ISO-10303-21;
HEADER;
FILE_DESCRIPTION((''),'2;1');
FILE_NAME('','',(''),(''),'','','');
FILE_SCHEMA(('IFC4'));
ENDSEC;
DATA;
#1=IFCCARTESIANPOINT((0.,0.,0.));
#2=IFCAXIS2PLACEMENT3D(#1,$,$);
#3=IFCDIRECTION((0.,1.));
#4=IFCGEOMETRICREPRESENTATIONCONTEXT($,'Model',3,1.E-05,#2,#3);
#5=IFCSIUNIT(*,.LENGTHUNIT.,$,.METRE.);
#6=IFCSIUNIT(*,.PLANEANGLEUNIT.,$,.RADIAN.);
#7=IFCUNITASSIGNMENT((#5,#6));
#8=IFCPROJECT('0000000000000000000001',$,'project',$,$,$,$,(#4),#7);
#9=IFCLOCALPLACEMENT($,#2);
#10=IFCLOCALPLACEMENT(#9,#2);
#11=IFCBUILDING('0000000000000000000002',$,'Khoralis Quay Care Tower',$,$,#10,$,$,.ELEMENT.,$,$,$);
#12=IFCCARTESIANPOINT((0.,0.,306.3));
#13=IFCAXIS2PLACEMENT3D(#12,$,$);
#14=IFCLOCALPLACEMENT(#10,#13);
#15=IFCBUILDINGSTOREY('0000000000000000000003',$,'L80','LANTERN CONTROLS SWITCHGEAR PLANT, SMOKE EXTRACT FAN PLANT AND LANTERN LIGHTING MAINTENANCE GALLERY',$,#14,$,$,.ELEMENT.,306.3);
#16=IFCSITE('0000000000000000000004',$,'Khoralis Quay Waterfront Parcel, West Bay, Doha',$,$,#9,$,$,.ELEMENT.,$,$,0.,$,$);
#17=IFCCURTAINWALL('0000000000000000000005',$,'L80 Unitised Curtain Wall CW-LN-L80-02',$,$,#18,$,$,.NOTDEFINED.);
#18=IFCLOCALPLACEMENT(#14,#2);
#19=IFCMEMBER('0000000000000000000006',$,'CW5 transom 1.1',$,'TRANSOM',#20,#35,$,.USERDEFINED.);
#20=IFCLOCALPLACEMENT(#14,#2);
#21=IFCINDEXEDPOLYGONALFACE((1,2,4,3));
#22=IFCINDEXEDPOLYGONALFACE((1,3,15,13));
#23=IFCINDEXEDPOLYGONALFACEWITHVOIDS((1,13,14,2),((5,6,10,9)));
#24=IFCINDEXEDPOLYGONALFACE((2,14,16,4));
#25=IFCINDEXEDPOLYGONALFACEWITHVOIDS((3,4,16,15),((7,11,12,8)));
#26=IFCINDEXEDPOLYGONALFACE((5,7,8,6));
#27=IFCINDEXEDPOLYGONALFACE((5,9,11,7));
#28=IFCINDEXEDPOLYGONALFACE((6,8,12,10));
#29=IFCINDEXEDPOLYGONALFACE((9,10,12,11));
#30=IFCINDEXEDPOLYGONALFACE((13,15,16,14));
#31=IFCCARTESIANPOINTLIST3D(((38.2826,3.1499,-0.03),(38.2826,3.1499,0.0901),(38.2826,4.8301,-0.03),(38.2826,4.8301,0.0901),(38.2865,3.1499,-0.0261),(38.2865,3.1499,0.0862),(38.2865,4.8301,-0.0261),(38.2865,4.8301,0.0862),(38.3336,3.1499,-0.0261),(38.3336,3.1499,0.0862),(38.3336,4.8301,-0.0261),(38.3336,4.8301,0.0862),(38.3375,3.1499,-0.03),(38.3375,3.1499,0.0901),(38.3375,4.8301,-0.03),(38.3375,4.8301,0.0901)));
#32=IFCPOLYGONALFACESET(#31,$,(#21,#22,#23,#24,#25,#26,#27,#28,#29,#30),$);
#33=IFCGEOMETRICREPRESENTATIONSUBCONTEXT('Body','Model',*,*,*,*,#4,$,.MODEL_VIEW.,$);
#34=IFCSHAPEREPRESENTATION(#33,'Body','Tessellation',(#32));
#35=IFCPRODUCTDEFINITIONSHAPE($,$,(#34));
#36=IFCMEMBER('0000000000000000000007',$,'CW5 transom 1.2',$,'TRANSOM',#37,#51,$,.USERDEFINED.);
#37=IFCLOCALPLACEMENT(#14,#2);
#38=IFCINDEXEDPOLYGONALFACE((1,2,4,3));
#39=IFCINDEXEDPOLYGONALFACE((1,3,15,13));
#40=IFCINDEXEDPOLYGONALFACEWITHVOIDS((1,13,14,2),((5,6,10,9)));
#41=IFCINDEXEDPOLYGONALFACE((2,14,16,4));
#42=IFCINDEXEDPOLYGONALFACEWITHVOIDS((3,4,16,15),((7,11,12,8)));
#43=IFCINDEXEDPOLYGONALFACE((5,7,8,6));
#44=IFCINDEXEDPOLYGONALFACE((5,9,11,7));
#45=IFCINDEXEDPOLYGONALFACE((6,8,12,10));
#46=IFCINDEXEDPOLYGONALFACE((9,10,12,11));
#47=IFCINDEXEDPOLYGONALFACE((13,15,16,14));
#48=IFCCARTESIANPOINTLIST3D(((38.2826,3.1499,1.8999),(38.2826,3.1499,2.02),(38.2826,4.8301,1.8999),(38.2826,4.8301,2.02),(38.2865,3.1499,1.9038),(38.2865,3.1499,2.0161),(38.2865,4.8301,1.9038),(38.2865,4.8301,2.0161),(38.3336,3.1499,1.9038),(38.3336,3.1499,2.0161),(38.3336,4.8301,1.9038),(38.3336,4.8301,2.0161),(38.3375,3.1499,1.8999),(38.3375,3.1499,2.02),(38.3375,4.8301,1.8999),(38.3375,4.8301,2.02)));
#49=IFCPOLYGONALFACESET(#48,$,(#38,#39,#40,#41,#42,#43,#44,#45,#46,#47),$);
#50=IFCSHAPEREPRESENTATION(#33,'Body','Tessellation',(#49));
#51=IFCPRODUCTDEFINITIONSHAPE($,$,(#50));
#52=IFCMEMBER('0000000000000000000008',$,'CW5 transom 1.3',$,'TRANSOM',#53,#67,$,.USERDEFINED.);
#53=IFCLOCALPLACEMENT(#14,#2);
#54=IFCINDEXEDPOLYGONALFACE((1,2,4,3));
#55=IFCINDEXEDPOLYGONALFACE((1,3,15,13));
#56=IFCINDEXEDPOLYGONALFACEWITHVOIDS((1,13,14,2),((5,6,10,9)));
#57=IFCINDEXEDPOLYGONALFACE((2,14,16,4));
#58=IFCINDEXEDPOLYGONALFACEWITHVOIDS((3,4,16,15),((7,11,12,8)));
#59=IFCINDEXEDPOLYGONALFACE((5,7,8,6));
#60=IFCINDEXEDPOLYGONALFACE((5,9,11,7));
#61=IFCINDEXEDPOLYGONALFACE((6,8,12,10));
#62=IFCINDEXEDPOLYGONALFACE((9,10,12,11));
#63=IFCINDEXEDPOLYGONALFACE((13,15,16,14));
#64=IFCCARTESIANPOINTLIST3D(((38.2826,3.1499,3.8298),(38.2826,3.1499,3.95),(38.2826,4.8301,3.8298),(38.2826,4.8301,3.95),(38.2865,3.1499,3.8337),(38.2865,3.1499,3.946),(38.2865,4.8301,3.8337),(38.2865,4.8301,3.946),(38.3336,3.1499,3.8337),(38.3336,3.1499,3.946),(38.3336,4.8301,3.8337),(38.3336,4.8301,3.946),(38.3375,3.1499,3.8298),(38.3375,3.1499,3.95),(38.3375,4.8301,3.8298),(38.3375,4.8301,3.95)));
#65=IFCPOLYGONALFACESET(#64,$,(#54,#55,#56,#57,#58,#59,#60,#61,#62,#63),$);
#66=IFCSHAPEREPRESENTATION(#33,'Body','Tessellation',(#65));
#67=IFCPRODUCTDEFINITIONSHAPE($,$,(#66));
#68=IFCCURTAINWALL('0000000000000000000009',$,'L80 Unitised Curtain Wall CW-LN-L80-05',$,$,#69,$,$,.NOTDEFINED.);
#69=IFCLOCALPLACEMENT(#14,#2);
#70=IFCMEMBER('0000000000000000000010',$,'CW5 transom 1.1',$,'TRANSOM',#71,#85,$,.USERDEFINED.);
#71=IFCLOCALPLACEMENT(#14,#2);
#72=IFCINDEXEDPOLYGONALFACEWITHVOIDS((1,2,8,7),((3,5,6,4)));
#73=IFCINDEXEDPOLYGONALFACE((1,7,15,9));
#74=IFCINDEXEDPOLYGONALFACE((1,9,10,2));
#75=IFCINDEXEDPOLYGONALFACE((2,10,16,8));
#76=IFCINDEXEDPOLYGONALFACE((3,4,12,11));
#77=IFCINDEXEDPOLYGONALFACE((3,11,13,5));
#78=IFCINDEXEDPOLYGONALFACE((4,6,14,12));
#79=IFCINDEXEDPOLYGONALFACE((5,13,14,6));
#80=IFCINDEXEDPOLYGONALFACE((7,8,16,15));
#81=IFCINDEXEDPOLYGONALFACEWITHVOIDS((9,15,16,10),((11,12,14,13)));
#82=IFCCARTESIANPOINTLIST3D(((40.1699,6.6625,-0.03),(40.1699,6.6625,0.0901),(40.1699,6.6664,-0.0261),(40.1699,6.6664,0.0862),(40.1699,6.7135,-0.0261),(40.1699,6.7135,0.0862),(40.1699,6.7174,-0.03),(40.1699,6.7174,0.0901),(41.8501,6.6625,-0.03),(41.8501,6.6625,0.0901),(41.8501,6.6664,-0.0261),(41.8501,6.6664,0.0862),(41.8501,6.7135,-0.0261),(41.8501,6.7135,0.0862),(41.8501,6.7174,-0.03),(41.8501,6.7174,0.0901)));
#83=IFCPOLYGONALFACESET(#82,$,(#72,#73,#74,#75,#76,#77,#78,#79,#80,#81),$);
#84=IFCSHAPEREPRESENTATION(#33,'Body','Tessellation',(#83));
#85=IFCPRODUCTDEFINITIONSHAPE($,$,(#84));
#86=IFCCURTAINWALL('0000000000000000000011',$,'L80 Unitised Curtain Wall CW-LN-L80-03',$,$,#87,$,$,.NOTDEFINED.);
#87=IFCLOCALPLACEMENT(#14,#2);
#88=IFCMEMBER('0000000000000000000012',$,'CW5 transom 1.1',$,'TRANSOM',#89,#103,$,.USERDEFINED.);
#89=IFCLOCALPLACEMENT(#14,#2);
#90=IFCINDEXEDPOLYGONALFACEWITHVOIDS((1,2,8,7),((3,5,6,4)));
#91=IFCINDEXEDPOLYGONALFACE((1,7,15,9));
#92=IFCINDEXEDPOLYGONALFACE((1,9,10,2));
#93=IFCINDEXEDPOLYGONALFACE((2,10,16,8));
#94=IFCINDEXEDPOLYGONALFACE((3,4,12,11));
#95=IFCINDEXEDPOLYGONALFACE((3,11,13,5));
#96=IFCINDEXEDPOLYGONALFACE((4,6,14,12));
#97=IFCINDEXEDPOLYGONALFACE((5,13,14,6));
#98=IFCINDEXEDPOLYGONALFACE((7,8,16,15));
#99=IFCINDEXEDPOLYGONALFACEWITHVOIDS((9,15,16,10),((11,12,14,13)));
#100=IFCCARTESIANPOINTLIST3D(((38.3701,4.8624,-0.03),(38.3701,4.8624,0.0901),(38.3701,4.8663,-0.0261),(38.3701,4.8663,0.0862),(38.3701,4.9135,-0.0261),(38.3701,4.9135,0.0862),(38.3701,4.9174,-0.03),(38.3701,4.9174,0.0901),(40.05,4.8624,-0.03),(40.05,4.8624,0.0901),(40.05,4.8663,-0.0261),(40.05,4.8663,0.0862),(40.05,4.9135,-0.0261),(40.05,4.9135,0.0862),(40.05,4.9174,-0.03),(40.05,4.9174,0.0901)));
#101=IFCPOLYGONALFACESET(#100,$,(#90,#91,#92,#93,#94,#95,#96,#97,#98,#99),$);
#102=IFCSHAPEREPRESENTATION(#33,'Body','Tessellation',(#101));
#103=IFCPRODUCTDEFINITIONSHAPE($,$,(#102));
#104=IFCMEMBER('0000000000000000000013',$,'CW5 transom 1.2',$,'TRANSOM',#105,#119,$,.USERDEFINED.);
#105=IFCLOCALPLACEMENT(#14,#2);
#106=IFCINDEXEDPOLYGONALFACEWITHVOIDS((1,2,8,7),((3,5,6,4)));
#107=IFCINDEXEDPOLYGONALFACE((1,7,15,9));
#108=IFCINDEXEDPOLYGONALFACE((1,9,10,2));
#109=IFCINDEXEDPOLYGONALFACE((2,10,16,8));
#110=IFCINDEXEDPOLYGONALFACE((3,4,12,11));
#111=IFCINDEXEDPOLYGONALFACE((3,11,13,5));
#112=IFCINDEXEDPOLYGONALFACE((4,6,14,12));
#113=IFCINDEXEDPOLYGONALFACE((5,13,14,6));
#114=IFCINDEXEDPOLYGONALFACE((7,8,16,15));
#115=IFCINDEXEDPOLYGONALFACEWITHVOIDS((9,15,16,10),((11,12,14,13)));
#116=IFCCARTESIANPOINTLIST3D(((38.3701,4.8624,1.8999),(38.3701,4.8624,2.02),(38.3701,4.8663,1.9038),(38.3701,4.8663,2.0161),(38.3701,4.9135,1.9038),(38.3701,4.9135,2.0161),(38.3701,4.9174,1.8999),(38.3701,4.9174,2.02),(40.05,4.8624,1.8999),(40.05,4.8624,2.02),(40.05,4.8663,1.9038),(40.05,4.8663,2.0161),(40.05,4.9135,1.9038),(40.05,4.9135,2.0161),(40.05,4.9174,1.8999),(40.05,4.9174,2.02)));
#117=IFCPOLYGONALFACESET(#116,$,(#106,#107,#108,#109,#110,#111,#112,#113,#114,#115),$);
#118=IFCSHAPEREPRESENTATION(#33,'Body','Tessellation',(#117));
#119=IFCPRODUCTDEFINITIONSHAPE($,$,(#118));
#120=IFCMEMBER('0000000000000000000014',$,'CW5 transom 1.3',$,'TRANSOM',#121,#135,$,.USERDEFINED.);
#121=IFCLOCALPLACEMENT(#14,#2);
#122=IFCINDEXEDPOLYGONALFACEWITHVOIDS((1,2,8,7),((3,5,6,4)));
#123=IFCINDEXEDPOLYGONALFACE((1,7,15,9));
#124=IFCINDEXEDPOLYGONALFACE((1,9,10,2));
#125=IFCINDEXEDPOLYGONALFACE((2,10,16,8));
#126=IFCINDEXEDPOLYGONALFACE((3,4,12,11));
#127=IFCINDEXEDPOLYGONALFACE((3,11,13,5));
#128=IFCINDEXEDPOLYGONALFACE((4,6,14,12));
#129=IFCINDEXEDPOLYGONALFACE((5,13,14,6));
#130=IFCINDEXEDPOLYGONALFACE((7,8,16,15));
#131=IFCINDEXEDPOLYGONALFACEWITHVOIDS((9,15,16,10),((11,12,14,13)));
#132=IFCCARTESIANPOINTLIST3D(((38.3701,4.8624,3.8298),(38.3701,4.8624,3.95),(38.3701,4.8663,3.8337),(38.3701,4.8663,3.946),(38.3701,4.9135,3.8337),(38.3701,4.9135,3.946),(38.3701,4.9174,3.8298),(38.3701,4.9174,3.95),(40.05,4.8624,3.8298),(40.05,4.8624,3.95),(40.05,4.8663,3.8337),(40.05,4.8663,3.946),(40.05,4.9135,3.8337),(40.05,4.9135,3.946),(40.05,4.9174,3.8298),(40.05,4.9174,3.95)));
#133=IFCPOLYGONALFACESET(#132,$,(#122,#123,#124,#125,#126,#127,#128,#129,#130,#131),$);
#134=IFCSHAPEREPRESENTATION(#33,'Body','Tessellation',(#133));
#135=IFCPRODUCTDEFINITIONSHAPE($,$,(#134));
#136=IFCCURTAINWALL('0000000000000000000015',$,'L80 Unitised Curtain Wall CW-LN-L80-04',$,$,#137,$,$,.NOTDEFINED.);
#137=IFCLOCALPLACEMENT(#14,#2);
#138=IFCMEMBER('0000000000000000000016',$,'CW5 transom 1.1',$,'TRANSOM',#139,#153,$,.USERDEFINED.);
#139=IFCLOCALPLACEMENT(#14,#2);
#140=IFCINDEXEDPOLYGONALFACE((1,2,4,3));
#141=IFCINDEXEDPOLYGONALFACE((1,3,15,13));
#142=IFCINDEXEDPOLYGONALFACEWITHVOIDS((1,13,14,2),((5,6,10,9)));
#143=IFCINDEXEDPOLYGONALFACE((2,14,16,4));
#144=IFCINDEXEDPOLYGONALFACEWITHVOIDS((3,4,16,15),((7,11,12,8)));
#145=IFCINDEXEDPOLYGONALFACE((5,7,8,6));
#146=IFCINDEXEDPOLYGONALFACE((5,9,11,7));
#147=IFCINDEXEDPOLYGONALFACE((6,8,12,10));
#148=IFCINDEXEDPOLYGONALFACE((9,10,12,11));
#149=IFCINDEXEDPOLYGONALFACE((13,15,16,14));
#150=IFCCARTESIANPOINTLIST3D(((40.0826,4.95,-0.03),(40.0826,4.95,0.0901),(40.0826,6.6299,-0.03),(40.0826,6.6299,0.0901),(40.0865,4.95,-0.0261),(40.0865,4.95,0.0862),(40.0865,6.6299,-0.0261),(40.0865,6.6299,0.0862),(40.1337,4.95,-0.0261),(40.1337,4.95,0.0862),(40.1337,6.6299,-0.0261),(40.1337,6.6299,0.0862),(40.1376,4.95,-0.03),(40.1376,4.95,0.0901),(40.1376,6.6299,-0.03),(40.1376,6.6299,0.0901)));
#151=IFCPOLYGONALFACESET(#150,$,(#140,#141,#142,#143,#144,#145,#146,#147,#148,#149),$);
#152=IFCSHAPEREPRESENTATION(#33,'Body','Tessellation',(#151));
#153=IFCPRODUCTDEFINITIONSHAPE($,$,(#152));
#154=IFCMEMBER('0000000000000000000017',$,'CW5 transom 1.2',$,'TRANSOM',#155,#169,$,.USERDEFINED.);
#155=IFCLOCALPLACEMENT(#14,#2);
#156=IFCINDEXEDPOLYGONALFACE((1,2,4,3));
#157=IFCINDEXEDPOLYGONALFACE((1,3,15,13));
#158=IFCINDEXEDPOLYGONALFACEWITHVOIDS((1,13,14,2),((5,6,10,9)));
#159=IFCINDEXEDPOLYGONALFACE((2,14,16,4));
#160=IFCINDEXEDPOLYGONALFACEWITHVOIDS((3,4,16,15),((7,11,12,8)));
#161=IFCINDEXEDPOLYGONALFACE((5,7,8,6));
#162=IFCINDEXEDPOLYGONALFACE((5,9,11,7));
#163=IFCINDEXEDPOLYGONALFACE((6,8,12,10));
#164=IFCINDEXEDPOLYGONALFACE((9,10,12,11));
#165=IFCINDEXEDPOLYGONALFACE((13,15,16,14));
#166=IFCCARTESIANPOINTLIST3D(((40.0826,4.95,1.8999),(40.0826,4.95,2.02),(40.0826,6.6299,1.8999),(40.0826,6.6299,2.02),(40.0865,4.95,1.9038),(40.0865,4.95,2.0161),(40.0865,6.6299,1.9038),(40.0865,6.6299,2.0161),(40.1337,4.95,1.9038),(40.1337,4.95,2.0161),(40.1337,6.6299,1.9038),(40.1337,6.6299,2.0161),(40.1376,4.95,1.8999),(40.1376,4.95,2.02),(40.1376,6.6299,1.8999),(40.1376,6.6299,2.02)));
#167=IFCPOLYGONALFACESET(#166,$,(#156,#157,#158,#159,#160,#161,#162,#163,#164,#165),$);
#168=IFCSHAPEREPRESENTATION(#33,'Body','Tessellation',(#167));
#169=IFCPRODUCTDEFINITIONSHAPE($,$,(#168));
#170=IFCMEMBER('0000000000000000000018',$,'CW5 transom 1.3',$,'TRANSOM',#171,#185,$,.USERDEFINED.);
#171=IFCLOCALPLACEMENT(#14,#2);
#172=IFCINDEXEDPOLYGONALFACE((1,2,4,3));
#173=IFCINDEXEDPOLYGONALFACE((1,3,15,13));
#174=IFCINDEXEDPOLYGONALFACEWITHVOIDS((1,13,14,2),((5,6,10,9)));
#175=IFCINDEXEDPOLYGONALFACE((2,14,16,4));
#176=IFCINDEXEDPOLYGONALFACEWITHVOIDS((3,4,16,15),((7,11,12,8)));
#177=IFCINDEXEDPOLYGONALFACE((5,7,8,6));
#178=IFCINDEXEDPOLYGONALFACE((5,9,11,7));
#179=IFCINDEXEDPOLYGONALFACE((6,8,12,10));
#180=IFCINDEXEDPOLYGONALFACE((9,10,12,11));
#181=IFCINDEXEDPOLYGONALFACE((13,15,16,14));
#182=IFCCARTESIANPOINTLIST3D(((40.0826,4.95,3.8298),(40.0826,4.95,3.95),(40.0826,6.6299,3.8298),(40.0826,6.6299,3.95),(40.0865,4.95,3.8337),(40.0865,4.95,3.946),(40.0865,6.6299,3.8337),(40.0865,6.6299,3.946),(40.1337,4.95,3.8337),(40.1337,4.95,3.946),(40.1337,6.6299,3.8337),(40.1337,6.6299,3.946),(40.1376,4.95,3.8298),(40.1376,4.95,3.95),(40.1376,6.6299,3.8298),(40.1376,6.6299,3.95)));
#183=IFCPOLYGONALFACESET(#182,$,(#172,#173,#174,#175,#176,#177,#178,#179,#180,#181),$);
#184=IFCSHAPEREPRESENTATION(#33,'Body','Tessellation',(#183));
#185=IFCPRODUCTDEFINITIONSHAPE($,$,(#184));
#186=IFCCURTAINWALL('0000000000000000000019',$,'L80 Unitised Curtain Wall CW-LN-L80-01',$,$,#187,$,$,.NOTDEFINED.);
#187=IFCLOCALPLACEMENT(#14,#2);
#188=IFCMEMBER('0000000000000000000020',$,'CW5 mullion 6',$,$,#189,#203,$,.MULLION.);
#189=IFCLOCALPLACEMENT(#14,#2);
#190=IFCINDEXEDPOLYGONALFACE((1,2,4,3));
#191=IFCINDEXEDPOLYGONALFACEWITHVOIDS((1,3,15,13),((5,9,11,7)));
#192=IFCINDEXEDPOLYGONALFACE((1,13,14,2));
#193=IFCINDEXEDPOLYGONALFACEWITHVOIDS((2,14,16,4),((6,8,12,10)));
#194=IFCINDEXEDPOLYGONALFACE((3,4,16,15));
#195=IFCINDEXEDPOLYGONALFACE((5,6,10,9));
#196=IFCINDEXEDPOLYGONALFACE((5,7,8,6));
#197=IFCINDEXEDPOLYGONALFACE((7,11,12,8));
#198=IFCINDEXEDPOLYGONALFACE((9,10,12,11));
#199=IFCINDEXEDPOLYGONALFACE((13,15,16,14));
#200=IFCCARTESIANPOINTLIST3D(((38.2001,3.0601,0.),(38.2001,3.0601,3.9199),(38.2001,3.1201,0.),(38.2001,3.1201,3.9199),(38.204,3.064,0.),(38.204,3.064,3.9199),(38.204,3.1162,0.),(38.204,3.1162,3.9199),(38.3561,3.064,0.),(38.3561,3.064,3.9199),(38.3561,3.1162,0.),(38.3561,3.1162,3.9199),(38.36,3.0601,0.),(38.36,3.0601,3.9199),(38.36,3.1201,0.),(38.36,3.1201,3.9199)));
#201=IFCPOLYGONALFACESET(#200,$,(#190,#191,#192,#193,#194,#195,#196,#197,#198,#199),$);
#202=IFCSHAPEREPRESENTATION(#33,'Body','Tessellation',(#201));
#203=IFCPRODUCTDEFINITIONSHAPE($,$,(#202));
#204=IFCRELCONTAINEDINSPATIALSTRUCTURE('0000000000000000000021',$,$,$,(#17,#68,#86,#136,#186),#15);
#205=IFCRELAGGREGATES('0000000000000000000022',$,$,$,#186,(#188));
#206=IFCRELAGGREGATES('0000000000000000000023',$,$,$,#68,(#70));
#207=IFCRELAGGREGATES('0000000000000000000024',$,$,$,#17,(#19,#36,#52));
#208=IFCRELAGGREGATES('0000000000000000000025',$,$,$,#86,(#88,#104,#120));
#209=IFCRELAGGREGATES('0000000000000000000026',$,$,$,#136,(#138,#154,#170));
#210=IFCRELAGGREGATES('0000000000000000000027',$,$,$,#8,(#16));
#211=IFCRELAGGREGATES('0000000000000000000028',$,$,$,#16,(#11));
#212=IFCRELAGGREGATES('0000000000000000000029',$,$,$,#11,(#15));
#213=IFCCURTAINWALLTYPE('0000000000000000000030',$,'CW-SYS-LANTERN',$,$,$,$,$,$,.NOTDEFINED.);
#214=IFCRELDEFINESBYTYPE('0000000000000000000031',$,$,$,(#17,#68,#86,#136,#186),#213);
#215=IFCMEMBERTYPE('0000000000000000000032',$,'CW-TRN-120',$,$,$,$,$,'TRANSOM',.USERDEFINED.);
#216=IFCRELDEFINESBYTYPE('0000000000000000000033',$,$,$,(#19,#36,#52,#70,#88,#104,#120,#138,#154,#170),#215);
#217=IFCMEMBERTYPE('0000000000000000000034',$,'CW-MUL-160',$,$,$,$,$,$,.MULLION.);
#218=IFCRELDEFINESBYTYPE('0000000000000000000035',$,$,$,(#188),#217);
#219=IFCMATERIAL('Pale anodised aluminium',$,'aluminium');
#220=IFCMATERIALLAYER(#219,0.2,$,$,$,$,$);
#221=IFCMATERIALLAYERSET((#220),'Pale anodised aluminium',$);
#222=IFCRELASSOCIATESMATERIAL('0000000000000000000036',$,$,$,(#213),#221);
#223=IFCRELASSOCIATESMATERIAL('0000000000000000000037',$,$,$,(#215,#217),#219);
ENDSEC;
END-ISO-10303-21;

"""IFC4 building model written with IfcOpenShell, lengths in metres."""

from ifc_helpers import new_model, si_unit, direction, frame, origin, origin_2d, place, context, subcontext, project, spatial, hollow_rectangle, extrude, source, transform, mapped, material, layer, layer_set, material_profile, profile_set, type_object, element, aggregate, save


model = new_model("IFC4")

# Units and contexts
model_context = context("Model", 3, precision=1e-05, world=origin(), true_north=direction((0.0, 1.0)))
body_context = subcontext(model_context, "Body", "Model", "MODEL_VIEW")
ifc_project = project(units=[si_unit("LENGTHUNIT", "METRE"), si_unit("PLANEANGLEUNIT", "RADIAN")], contexts=[model_context])

# Site, building, storey
site_placement = place(None, origin())
site = spatial("IfcSite", under=ifc_project, at=site_placement, Name="Khoralis Quay Waterfront Parcel, West Bay, Doha", CompositionType="ELEMENT", RefElevation=0.0)
building_placement = place(site_placement, origin())
building = spatial("IfcBuilding", under=site, at=building_placement, Name="Khoralis Quay Care Tower", CompositionType="ELEMENT")
storey_placement = place(building_placement, frame((0.0, 0.0, 306.3)))
storey = spatial("IfcBuildingStorey", under=building, at=storey_placement, Name="L80", Description="LANTERN CONTROLS SWITCHGEAR PLANT, SMOKE EXTRACT FAN PLANT AND LANTERN LIGHTING MAINTENANCE GALLERY", CompositionType="ELEMENT", Elevation=306.3)

# Curtain wall, members
ifc_material_1 = material(Name="Pale anodised aluminium", Category="aluminium")
ifc_layer_1 = layer(ifc_material_1, 0.2)
ifc_layer_set_1 = layer_set([ifc_layer_1], Name="Pale anodised aluminium")
curtain_wall_type = type_object("IfcCurtainWallType", Name="CW-SYS-LANTERN", PredefinedType="NOTDEFINED", material=ifc_layer_set_1)
curtain_wall_1_placement = place(storey_placement, origin())
curtain_wall_1 = element("IfcCurtainWall", 1, at=curtain_wall_1_placement, inside=storey, type_object=curtain_wall_type, Name="L80 Unitised Curtain Wall CW-LN-L80-02", PredefinedType="NOTDEFINED")
ifc_material_profile_1 = material_profile(ifc_material_1, hollow_rectangle(XDim=0.0549, YDim=0.1201, WallThickness=0.0039, at=origin_2d()), Name="Pale anodised aluminium")
ifc_profile_set_1 = profile_set([ifc_material_profile_1], Name="Pale anodised aluminium")
member_type_1 = type_object("IfcMemberType", Name="CW-TRN-120", ElementType="TRANSOM", PredefinedType="USERDEFINED", material=ifc_profile_set_1)
shared_shape_1 = source(origin(), body_context, "Body", "SweptSolid", [
    extrude(hollow_rectangle(XDim=0.0549, YDim=0.1201, WallThickness=0.0039, at=origin_2d()), origin(), (0.0, 0.0, 1.0), 1.6802),
])
member_1_placement = place(storey_placement, frame((38.3101, 3.1499, 0.03), z_axis=(0.0, 1.0, 0.0), x_axis=(-1.0, 0.0, 0.0)))
member_1 = element("IfcMember", 2, at=member_1_placement, type_object=member_type_1, Name="CW5 transom 1.1", ObjectType="TRANSOM", PredefinedType="USERDEFINED", context=body_context, shape_type="MappedRepresentation", body=[
    mapped(shared_shape_1, transform((0.0, 0.0, 0.0), scale=1.0)),
])
member_2_placement = place(storey_placement, frame((38.3101, 3.1499, 1.96), z_axis=(0.0, 1.0, 0.0), x_axis=(-1.0, 0.0, 0.0)))
member_2 = element("IfcMember", 3, at=member_2_placement, type_object=member_type_1, Name="CW5 transom 1.2", ObjectType="TRANSOM", PredefinedType="USERDEFINED", context=body_context, shape_type="MappedRepresentation", body=[
    mapped(shared_shape_1, transform((0.0, 0.0, 0.0), scale=1.0)),
])
member_3_placement = place(storey_placement, frame((38.3101, 3.1499, 3.8899), z_axis=(0.0, 1.0, 0.0), x_axis=(-1.0, 0.0, 0.0)))
member_3 = element("IfcMember", 4, at=member_3_placement, type_object=member_type_1, Name="CW5 transom 1.3", ObjectType="TRANSOM", PredefinedType="USERDEFINED", context=body_context, shape_type="MappedRepresentation", body=[
    mapped(shared_shape_1, transform((0.0, 0.0, 0.0), scale=1.0)),
])

# Curtain wall, member
curtain_wall_2_placement = place(storey_placement, origin())
curtain_wall_2 = element("IfcCurtainWall", 5, at=curtain_wall_2_placement, inside=storey, type_object=curtain_wall_type, Name="L80 Unitised Curtain Wall CW-LN-L80-05", PredefinedType="NOTDEFINED")
member_4_placement = place(storey_placement, frame((40.1699, 6.6899, 0.03), z_axis=(1.0, 0.0, 0.0), x_axis=(0.0, 1.0, 0.0)))
member_4 = element("IfcMember", 6, at=member_4_placement, type_object=member_type_1, Name="CW5 transom 1.1", ObjectType="TRANSOM", PredefinedType="USERDEFINED", context=body_context, shape_type="MappedRepresentation", body=[
    mapped(shared_shape_1, transform((0.0, 0.0, 0.0), scale=1.0)),
])

# Curtain walls, members
curtain_wall_3_placement = place(storey_placement, origin())
curtain_wall_3 = element("IfcCurtainWall", 7, at=curtain_wall_3_placement, inside=storey, type_object=curtain_wall_type, Name="L80 Unitised Curtain Wall CW-LN-L80-03", PredefinedType="NOTDEFINED")
shared_shape_2 = source(origin(), body_context, "Body", "SweptSolid", [
    extrude(hollow_rectangle(XDim=0.0549, YDim=0.1201, WallThickness=0.0039, at=origin_2d()), origin(), (0.0, 0.0, 1.0), 1.6799),
])
member_5_placement = place(storey_placement, frame((38.3701, 4.8899, 0.03), z_axis=(1.0, 0.0, 0.0), x_axis=(0.0, 1.0, 0.0)))
member_5 = element("IfcMember", 8, at=member_5_placement, type_object=member_type_1, Name="CW5 transom 1.1", ObjectType="TRANSOM", PredefinedType="USERDEFINED", context=body_context, shape_type="MappedRepresentation", body=[
    mapped(shared_shape_2, transform((0.0, 0.0, 0.0), scale=1.0)),
])
member_6_placement = place(storey_placement, frame((38.3701, 4.8899, 1.96), z_axis=(1.0, 0.0, 0.0), x_axis=(0.0, 1.0, 0.0)))
member_6 = element("IfcMember", 9, at=member_6_placement, type_object=member_type_1, Name="CW5 transom 1.2", ObjectType="TRANSOM", PredefinedType="USERDEFINED", context=body_context, shape_type="MappedRepresentation", body=[
    mapped(shared_shape_2, transform((0.0, 0.0, 0.0), scale=1.0)),
])
member_7_placement = place(storey_placement, frame((38.3701, 4.8899, 3.8899), z_axis=(1.0, 0.0, 0.0), x_axis=(0.0, 1.0, 0.0)))
member_7 = element("IfcMember", 10, at=member_7_placement, type_object=member_type_1, Name="CW5 transom 1.3", ObjectType="TRANSOM", PredefinedType="USERDEFINED", context=body_context, shape_type="MappedRepresentation", body=[
    mapped(shared_shape_2, transform((0.0, 0.0, 0.0), scale=1.0)),
])
curtain_wall_4_placement = place(storey_placement, origin())
curtain_wall_4 = element("IfcCurtainWall", 11, at=curtain_wall_4_placement, inside=storey, type_object=curtain_wall_type, Name="L80 Unitised Curtain Wall CW-LN-L80-04", PredefinedType="NOTDEFINED")
member_8_placement = place(storey_placement, frame((40.1101, 4.95, 0.03), z_axis=(0.0, 1.0, 0.0), x_axis=(-1.0, 0.0, 0.0)))
member_8 = element("IfcMember", 12, at=member_8_placement, type_object=member_type_1, Name="CW5 transom 1.1", ObjectType="TRANSOM", PredefinedType="USERDEFINED", context=body_context, shape_type="MappedRepresentation", body=[
    mapped(shared_shape_2, transform((0.0, 0.0, 0.0), scale=1.0)),
])
member_9_placement = place(storey_placement, frame((40.1101, 4.95, 1.96), z_axis=(0.0, 1.0, 0.0), x_axis=(-1.0, 0.0, 0.0)))
member_9 = element("IfcMember", 13, at=member_9_placement, type_object=member_type_1, Name="CW5 transom 1.2", ObjectType="TRANSOM", PredefinedType="USERDEFINED", context=body_context, shape_type="MappedRepresentation", body=[
    mapped(shared_shape_2, transform((0.0, 0.0, 0.0), scale=1.0)),
])
member_10_placement = place(storey_placement, frame((40.1101, 4.95, 3.8899), z_axis=(0.0, 1.0, 0.0), x_axis=(-1.0, 0.0, 0.0)))
member_10 = element("IfcMember", 14, at=member_10_placement, type_object=member_type_1, Name="CW5 transom 1.3", ObjectType="TRANSOM", PredefinedType="USERDEFINED", context=body_context, shape_type="MappedRepresentation", body=[
    mapped(shared_shape_2, transform((0.0, 0.0, 0.0), scale=1.0)),
])

# Curtain wall, member
curtain_wall_5_placement = place(storey_placement, origin())
curtain_wall_5 = element("IfcCurtainWall", 15, at=curtain_wall_5_placement, inside=storey, type_object=curtain_wall_type, Name="L80 Unitised Curtain Wall CW-LN-L80-01", PredefinedType="NOTDEFINED")
ifc_material_profile_2 = material_profile(ifc_material_1, hollow_rectangle(XDim=0.0601, YDim=0.1599, WallThickness=0.0039, at=origin_2d()), Name="Pale anodised aluminium")
ifc_profile_set_2 = profile_set([ifc_material_profile_2], Name="Pale anodised aluminium")
member_type_2 = type_object("IfcMemberType", Name="CW-MUL-160", PredefinedType="MULLION", material=ifc_profile_set_2)
shared_shape_3 = source(origin(), body_context, "Body", "SweptSolid", [
    extrude(hollow_rectangle(XDim=0.0601, YDim=0.1599, WallThickness=0.0039, at=origin_2d()), origin(), (0.0, 0.0, 1.0), 3.9199),
])
member_11_placement = place(storey_placement, frame((38.28, 3.0901, 0.0), z_axis=(0.0, 0.0, 1.0), x_axis=(0.0, 1.0, 0.0)))
member_11 = element("IfcMember", 16, at=member_11_placement, type_object=member_type_2, Name="CW5 mullion 6", PredefinedType="MULLION", context=body_context, shape_type="MappedRepresentation", body=[
    mapped(shared_shape_3, transform((0.0, 0.0, 0.0), scale=1.0)),
])
aggregate(curtain_wall_5, [member_11])

aggregate(curtain_wall_2, [member_4])

aggregate(curtain_wall_1, [member_1, member_2, member_3])
aggregate(curtain_wall_3, [member_5, member_6, member_7])
aggregate(curtain_wall_4, [member_8, member_9, member_10])

save(model, "model.ifc")
